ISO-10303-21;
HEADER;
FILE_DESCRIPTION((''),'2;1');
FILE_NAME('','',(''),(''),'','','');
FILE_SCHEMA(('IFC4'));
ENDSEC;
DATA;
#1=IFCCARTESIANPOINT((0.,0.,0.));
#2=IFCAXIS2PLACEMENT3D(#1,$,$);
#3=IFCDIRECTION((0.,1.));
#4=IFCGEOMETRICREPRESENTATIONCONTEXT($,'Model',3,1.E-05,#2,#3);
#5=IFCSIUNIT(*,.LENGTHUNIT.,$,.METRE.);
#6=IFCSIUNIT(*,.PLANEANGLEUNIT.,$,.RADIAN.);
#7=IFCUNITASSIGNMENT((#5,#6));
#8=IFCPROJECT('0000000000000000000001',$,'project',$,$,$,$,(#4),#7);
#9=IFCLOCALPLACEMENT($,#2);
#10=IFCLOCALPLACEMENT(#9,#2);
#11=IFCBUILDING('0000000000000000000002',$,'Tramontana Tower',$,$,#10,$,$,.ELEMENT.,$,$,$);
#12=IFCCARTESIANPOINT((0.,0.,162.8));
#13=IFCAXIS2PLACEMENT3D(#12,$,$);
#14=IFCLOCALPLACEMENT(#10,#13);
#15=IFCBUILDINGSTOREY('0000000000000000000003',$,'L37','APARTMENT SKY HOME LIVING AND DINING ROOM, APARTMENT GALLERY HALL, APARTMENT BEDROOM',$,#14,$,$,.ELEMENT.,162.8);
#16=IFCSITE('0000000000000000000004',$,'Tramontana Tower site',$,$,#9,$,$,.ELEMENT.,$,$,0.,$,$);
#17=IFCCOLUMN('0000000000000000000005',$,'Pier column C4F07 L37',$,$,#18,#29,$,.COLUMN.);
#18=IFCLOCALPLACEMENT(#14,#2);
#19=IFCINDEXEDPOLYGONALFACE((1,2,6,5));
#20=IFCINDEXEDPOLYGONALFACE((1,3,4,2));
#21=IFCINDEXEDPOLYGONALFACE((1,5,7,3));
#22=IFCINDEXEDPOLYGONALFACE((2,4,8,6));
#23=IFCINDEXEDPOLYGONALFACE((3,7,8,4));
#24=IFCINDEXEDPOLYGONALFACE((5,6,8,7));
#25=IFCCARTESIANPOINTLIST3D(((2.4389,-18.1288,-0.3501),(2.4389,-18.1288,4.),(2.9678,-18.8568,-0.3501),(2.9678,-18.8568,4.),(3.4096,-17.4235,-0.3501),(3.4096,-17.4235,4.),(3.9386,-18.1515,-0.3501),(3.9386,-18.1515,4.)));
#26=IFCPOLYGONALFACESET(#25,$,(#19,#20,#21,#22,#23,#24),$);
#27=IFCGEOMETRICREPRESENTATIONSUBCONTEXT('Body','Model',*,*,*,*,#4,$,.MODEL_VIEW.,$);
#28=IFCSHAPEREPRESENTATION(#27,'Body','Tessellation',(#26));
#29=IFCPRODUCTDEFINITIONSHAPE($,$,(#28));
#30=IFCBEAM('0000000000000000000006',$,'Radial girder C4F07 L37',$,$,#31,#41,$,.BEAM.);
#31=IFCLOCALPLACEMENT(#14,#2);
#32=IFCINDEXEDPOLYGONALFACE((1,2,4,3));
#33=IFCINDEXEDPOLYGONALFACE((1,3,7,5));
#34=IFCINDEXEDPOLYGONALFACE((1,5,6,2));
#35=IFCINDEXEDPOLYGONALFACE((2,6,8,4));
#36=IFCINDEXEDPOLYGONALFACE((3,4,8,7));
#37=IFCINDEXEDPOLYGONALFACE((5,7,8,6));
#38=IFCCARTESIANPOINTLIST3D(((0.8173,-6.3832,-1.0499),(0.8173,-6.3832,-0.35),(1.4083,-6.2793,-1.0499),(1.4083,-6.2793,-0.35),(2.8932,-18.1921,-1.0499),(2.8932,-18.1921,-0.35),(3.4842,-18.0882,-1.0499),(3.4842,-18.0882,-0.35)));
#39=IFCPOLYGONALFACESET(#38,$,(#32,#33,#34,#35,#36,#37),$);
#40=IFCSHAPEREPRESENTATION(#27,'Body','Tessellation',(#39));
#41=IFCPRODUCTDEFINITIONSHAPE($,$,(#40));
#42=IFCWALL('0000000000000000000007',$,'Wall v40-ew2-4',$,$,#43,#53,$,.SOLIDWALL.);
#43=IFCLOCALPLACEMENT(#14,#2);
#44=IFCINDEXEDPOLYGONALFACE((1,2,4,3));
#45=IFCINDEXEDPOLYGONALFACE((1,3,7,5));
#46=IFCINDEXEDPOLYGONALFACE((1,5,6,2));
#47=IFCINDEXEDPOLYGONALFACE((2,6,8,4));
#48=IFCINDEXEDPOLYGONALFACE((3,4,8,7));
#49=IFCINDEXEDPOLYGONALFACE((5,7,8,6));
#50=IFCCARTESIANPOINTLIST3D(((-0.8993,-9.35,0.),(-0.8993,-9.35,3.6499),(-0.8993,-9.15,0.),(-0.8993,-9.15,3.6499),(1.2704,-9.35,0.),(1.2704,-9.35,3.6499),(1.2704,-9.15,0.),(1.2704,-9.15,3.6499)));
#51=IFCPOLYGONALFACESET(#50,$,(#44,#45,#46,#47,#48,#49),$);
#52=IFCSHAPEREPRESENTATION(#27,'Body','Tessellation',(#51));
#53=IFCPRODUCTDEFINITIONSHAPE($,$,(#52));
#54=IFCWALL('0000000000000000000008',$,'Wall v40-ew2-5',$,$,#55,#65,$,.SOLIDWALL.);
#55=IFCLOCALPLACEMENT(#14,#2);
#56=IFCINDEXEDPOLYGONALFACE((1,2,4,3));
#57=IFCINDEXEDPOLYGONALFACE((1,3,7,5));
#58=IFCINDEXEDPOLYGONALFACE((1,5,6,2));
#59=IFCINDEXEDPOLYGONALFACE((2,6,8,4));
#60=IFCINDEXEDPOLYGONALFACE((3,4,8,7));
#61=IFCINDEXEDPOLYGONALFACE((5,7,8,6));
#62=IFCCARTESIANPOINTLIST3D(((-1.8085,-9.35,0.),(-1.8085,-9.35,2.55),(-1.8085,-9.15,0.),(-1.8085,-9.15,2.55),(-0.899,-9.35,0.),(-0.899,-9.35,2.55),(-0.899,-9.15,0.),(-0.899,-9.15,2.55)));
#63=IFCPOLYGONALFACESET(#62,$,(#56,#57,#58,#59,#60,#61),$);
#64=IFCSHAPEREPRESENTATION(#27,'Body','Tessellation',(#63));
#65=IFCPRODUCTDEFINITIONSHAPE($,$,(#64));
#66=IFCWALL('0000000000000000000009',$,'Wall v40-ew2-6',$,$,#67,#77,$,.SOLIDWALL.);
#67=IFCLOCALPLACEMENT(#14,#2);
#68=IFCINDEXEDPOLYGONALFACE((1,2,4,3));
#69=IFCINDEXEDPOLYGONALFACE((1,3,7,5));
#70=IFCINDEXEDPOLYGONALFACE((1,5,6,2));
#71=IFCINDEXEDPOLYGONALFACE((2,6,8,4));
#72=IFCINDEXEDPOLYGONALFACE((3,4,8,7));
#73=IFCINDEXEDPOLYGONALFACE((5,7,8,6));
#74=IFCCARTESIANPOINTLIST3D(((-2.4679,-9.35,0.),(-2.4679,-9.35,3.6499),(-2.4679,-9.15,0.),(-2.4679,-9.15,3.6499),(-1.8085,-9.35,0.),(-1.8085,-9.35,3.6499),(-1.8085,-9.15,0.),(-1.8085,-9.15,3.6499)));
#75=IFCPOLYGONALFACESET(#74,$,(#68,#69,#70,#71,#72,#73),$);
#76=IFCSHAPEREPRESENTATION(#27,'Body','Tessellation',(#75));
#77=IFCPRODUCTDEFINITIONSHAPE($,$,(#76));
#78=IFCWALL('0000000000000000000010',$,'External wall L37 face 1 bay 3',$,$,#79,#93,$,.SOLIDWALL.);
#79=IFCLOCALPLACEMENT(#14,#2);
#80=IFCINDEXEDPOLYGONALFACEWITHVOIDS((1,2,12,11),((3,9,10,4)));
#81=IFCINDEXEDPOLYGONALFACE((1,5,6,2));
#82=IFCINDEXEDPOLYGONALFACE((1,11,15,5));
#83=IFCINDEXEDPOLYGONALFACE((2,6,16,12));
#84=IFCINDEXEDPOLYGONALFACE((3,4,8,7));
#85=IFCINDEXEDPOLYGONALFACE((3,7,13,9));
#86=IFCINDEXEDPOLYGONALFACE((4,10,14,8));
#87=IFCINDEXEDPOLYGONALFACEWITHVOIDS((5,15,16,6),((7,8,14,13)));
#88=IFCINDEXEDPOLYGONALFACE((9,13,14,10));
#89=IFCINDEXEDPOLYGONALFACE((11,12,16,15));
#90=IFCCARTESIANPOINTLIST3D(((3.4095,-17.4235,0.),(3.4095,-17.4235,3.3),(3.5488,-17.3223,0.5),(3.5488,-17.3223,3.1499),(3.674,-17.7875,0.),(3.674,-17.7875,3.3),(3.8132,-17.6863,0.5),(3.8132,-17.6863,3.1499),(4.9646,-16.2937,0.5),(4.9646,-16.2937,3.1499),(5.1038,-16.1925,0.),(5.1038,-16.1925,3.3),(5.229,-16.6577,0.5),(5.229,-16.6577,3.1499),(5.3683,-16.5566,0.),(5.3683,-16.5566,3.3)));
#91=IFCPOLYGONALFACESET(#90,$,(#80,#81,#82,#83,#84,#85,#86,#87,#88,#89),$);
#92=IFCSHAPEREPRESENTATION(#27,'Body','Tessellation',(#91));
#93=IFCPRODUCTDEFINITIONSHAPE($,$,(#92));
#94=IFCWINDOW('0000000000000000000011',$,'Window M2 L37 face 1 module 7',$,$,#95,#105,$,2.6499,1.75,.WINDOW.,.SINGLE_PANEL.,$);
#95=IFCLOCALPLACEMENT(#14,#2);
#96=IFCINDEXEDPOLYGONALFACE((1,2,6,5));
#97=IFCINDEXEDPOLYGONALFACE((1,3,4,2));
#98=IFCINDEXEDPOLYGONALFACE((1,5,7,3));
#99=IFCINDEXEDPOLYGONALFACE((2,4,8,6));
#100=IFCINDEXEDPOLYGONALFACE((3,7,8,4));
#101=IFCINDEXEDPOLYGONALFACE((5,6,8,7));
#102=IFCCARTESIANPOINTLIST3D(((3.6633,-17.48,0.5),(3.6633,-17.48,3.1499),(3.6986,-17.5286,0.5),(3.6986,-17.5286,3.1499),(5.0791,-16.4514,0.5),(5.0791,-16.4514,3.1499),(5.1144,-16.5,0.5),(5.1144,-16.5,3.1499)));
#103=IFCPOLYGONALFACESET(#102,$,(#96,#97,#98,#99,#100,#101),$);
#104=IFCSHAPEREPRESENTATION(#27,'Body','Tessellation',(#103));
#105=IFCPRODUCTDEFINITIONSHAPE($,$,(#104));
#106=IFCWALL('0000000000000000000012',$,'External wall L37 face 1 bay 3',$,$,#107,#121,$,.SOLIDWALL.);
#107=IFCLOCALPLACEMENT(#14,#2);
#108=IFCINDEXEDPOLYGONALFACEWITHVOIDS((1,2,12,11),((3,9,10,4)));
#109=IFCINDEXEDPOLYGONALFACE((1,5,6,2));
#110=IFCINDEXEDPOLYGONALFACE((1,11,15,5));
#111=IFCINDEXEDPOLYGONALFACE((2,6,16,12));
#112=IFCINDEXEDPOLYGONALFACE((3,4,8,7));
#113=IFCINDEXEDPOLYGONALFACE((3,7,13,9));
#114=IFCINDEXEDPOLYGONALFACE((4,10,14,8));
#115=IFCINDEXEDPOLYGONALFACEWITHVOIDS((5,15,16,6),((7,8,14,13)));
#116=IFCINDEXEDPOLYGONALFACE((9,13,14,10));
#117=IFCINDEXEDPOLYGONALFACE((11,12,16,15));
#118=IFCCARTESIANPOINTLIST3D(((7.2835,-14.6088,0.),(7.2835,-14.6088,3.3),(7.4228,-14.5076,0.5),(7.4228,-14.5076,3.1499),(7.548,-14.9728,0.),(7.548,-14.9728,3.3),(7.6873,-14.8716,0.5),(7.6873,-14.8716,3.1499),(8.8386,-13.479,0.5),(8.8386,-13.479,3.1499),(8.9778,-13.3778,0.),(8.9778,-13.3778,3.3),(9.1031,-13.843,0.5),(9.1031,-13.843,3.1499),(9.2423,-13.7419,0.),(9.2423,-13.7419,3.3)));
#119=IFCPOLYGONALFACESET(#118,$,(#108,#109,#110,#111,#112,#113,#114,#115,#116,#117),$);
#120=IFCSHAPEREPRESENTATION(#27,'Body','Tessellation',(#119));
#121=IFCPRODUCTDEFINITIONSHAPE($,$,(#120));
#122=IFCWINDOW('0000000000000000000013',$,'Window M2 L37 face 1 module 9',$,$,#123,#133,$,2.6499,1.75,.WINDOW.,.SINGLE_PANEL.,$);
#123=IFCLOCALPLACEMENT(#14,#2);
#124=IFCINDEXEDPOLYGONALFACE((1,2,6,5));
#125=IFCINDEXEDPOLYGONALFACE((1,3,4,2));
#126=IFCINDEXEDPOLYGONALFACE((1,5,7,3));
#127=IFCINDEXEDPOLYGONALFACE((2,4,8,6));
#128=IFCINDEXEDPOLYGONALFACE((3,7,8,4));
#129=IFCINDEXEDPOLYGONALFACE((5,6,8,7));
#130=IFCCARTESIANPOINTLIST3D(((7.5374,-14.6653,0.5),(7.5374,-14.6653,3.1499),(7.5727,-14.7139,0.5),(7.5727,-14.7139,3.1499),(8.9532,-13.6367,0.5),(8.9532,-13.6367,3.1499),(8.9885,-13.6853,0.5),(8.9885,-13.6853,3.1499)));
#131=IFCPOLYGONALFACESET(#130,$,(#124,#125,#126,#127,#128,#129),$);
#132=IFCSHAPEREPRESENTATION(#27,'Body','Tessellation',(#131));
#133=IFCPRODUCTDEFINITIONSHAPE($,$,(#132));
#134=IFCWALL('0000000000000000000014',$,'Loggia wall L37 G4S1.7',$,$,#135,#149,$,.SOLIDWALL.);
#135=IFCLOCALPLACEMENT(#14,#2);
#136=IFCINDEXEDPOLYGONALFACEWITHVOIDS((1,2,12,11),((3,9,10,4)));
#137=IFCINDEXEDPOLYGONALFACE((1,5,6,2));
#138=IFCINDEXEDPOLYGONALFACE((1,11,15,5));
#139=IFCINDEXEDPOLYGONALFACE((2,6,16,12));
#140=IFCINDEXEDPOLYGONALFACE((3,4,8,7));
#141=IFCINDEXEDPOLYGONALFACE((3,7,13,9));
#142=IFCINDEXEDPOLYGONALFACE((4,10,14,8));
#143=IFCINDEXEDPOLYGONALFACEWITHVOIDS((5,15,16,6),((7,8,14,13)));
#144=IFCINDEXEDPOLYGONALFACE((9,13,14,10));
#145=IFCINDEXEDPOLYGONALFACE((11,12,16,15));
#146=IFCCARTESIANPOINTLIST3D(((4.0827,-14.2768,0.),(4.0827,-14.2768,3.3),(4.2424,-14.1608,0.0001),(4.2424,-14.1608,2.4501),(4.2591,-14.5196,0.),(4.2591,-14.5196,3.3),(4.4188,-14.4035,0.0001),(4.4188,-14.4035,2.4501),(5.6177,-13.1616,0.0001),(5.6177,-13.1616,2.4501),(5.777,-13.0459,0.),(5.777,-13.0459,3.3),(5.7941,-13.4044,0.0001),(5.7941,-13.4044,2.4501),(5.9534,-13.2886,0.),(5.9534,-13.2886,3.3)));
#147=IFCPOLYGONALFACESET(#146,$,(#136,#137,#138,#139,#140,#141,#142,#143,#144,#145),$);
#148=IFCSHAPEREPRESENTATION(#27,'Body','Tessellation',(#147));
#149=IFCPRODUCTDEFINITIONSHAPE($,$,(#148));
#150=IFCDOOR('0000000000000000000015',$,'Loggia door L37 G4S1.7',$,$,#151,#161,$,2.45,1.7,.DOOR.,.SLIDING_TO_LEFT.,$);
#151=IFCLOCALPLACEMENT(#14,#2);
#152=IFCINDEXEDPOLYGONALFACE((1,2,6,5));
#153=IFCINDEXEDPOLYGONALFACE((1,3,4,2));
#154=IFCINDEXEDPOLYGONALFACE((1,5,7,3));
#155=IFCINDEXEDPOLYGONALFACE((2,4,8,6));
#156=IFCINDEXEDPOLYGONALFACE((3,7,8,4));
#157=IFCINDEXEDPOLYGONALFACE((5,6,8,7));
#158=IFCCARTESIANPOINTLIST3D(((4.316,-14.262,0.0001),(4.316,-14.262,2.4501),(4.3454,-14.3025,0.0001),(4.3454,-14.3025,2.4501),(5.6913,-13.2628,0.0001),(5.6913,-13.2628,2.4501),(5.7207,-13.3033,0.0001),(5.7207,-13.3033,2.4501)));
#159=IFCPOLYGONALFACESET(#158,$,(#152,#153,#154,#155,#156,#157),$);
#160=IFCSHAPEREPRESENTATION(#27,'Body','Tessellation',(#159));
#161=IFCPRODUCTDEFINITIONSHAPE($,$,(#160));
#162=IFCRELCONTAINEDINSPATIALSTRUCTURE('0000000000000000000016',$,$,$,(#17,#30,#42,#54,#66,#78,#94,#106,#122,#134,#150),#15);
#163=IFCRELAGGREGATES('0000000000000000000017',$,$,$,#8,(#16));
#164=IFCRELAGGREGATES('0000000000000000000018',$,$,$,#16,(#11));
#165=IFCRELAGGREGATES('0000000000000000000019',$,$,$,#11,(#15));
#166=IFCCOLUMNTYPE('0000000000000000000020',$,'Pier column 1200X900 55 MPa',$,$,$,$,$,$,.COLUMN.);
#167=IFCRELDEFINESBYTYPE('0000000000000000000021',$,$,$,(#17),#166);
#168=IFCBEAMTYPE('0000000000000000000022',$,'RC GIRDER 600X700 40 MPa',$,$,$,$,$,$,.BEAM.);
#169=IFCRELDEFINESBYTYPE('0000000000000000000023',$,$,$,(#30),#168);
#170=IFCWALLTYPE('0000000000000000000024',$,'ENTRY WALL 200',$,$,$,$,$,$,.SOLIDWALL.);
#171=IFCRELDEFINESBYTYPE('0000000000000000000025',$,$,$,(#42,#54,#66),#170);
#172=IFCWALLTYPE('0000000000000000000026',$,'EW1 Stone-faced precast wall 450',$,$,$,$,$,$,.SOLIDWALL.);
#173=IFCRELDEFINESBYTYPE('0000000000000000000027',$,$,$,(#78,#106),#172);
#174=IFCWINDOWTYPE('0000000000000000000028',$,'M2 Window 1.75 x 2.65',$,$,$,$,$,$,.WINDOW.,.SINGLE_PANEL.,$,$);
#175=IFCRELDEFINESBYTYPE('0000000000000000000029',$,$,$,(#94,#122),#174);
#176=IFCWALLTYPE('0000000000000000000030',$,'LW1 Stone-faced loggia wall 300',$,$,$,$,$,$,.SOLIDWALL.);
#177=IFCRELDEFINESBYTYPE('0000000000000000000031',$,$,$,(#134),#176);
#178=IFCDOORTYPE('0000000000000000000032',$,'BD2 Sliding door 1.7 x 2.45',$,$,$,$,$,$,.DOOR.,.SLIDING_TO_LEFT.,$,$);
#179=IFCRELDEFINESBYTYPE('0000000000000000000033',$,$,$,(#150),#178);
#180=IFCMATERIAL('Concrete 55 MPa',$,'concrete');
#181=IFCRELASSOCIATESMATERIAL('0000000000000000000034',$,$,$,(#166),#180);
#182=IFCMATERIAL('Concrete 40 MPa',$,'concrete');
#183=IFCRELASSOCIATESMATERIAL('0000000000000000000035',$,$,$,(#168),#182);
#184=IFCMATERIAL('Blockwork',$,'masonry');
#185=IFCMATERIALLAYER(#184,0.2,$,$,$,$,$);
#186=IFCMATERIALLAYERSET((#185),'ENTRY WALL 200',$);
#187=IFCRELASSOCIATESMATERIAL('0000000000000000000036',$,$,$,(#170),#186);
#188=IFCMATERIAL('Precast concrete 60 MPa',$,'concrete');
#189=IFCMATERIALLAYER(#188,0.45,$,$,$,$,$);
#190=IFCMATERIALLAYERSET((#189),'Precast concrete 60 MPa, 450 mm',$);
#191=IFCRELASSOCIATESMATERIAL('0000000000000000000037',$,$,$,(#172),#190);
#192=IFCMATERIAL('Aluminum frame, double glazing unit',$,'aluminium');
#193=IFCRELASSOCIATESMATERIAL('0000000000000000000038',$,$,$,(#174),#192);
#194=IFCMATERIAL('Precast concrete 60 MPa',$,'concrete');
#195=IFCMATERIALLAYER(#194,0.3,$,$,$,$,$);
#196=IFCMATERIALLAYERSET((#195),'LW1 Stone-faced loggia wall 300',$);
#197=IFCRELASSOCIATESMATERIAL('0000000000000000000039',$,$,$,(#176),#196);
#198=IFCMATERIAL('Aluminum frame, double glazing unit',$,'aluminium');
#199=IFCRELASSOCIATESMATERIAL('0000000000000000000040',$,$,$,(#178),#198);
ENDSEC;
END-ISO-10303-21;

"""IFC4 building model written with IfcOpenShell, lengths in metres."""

from ifc_helpers import new_model, si_unit, direction, frame, frame_2d, origin, origin_2d, place, context, subcontext, project, spatial, rectangle, extrude, material, layer, layer_set, material_profile, profile_set, type_object, element, fill, save


model = new_model("IFC4")

# Units and contexts
model_context = context("Model", 3, precision=1e-05, world=origin(), true_north=direction((0.0, 1.0)))
body_context = subcontext(model_context, "Body", "Model", "MODEL_VIEW")
ifc_project = project(units=[si_unit("LENGTHUNIT", "METRE"), si_unit("PLANEANGLEUNIT", "RADIAN")], contexts=[model_context])

# Site, building, storey
site_placement = place(None, origin())
site = spatial("IfcSite", under=ifc_project, at=site_placement, Name="Tramontana Tower site", CompositionType="ELEMENT", RefElevation=0.0)
building_placement = place(site_placement, origin())
building = spatial("IfcBuilding", under=site, at=building_placement, Name="Tramontana Tower", CompositionType="ELEMENT")
storey_placement = place(building_placement, frame((0.0, 0.0, 162.8)))
storey = spatial("IfcBuildingStorey", under=building, at=storey_placement, Name="L37", Description="APARTMENT SKY HOME LIVING AND DINING ROOM, APARTMENT GALLERY HALL, APARTMENT BEDROOM", CompositionType="ELEMENT", Elevation=162.8)

# Column
ifc_material_1 = material(Name="Concrete 55 MPa", Category="concrete")
ifc_material_profile_1 = material_profile(ifc_material_1, rectangle(XDim=1.2, YDim=0.8999, at=origin_2d()), Name="Pier column 1200X900 55 MPa")
ifc_profile_set_1 = profile_set([ifc_material_profile_1], Name="Concrete 55 MPa")
column_type = type_object("IfcColumnType", Name="Pier column 1200X900 55 MPa", PredefinedType="COLUMN", material=ifc_profile_set_1)
column_placement = place(storey_placement, frame((3.1887, -18.1401, -0.3501), z_axis=(0.0, 0.0, 1.0), x_axis=(0.809017, 0.587785, 0.0)))
element("IfcColumn", 1, at=column_placement, inside=storey, type_object=column_type, Name="Pier column C4F07 L37", PredefinedType="COLUMN", context=body_context, shape_type="SweptSolid", body=[
    extrude(rectangle(XDim=1.2, YDim=0.8999, at=origin_2d()), origin(), (0.0, 0.0, 1.0), 4.3501),
])

# Beam
ifc_material_2 = material(Name="Concrete 40 MPa", Category="concrete")
ifc_material_profile_2 = material_profile(ifc_material_2, rectangle(XDim=0.6001, YDim=0.7, at=origin_2d()), Name="RC GIRDER 600X700 40 MPa")
ifc_profile_set_2 = profile_set([ifc_material_profile_2], Name="Concrete 40 MPa")
beam_type = type_object("IfcBeamType", Name="RC GIRDER 600X700 40 MPa", PredefinedType="BEAM", material=ifc_profile_set_2)
beam_placement = place(storey_placement, frame((3.1887, -18.1401, -0.7), z_axis=(-0.173139, 0.984897, 0.0), x_axis=(-0.984897, -0.173139, 0.0)))
element("IfcBeam", 2, at=beam_placement, inside=storey, type_object=beam_type, Name="Radial girder C4F07 L37", PredefinedType="BEAM", context=body_context, shape_type="SweptSolid", body=[
    extrude(rectangle(XDim=0.6001, YDim=0.7, at=origin_2d()), origin(), (0.0, 0.0, 1.0), 11.99),
])

# Walls
ifc_material_3 = material(Name="Blockwork", Category="masonry")
ifc_layer_1 = layer(ifc_material_3, 0.2)
ifc_layer_set_1 = layer_set([ifc_layer_1], Name="ENTRY WALL 200")
wall_type_1 = type_object("IfcWallType", Name="ENTRY WALL 200", PredefinedType="SOLIDWALL", material=ifc_layer_set_1)
wall_1_placement = place(storey_placement, frame((1.2705, -9.25, 0.0), z_axis=(0.0, 0.0, 1.0), x_axis=(-1.0, 0.0, 0.0)))
element("IfcWall", 3, at=wall_1_placement, inside=storey, type_object=wall_type_1, Name="Wall v40-ew2-4", PredefinedType="SOLIDWALL", context=body_context, shape_type="SweptSolid", body=[
    extrude(rectangle(XDim=2.1697, YDim=0.2, at=frame_2d((1.085, 0.0))), origin(), (0.0, 0.0, 1.0), 3.6499),
])
wall_2_placement = place(storey_placement, frame((-0.8992, -9.25, 0.0), z_axis=(0.0, 0.0, 1.0), x_axis=(-1.0, 0.0, 0.0)))
element("IfcWall", 4, at=wall_2_placement, inside=storey, type_object=wall_type_1, Name="Wall v40-ew2-5", PredefinedType="SOLIDWALL", context=body_context, shape_type="SweptSolid", body=[
    extrude(rectangle(XDim=0.9094, YDim=0.2, at=frame_2d((0.4546, 0.0))), origin(), (0.0, 0.0, 1.0), 2.55),
])
wall_3_placement = place(storey_placement, frame((-1.8086, -9.25, 0.0), z_axis=(0.0, 0.0, 1.0), x_axis=(-1.0, 0.0, 0.0)))
element("IfcWall", 5, at=wall_3_placement, inside=storey, type_object=wall_type_1, Name="Wall v40-ew2-6", PredefinedType="SOLIDWALL", context=body_context, shape_type="SweptSolid", body=[
    extrude(rectangle(XDim=0.6594, YDim=0.2, at=frame_2d((0.3296, 0.0))), origin(), (0.0, 0.0, 1.0), 3.6499),
])

# Walls, openings, windows
ifc_material_4 = material(Name="Precast concrete 60 MPa", Category="concrete")
ifc_layer_2 = layer(ifc_material_4, 0.45)
ifc_layer_set_2 = layer_set([ifc_layer_2], Name="Precast concrete 60 MPa, 450 mm")
wall_type_2 = type_object("IfcWallType", Name="EW1 Stone-faced precast wall 450", PredefinedType="SOLIDWALL", material=ifc_layer_set_2)
wall_4_placement = place(storey_placement, frame((3.5417, -17.6055, 0.0), z_axis=(0.0, 0.0, 1.0), x_axis=(0.809028, 0.58777, 0.0)))
wall_4 = element("IfcWall", 6, at=wall_4_placement, inside=storey, type_object=wall_type_2, Name="External wall L37 face 1 bay 3", PredefinedType="SOLIDWALL", context=body_context, shape_type="SweptSolid", body=[
    extrude(rectangle(XDim=2.0942, YDim=0.45, at=frame_2d((1.0471, 0.0))), origin(), (0.0, 0.0, 1.0), 3.3),
])
opening_1_placement = place(wall_4_placement, frame((0.1721, 0.0, 0.5)))
opening_1 = element("IfcOpeningElement", 7, at=opening_1_placement, cuts=wall_4, PredefinedType="OPENING", context=body_context, shape_type="SweptSolid", body=[
    extrude(rectangle(XDim=1.75, YDim=2.6499, at=frame_2d((0.875, 1.325))), frame((0.0, 0.2349, 0.0), z_axis=(0.0, -1.0, 0.0), x_axis=(1.0, 0.0, 0.0)), (0.0, 0.0, 1.0), 0.47),
])
ifc_material_5 = material(Name="Aluminum frame, double glazing unit", Category="aluminium")
window_type = type_object("IfcWindowType", Name="M2 Window 1.75 x 2.65", PartitioningType="SINGLE_PANEL", PredefinedType="WINDOW", material=ifc_material_5)
window_1_placement = place(opening_1_placement, origin())
window_1 = element("IfcWindow", 8, at=window_1_placement, inside=storey, type_object=window_type, Name="Window M2 L37 face 1 module 7", OverallHeight=2.6499, OverallWidth=1.75, PartitioningType="SINGLE_PANEL", PredefinedType="WINDOW", context=body_context, shape_type="SweptSolid", body=[
    extrude(rectangle(XDim=1.75, YDim=2.6499, at=frame_2d((0.875, 1.325))), frame((0.0, 0.03, 0.0), z_axis=(0.0, -1.0, 0.0), x_axis=(1.0, 0.0, 0.0)), (0.0, 0.0, 1.0), 0.0601),
])
fill(opening_1, window_1)
wall_5_placement = place(storey_placement, frame((7.4158, -14.7908, 0.0), z_axis=(0.0, 0.0, 1.0), x_axis=(0.809028, 0.58777, 0.0)))
wall_5 = element("IfcWall", 9, at=wall_5_placement, inside=storey, type_object=wall_type_2, Name="External wall L37 face 1 bay 3", PredefinedType="SOLIDWALL", context=body_context, shape_type="SweptSolid", body=[
    extrude(rectangle(XDim=2.0942, YDim=0.45, at=frame_2d((1.0471, 0.0))), origin(), (0.0, 0.0, 1.0), 3.3),
])
opening_2_placement = place(wall_5_placement, frame((0.1721, 0.0, 0.5)))
opening_2 = element("IfcOpeningElement", 10, at=opening_2_placement, cuts=wall_5, PredefinedType="OPENING", context=body_context, shape_type="SweptSolid", body=[
    extrude(rectangle(XDim=1.75, YDim=2.6499, at=frame_2d((0.875, 1.325))), frame((0.0, 0.2349, 0.0), z_axis=(0.0, -1.0, 0.0), x_axis=(1.0, 0.0, 0.0)), (0.0, 0.0, 1.0), 0.47),
])
window_2_placement = place(opening_2_placement, origin())
window_2 = element("IfcWindow", 11, at=window_2_placement, inside=storey, type_object=window_type, Name="Window M2 L37 face 1 module 9", OverallHeight=2.6499, OverallWidth=1.75, PartitioningType="SINGLE_PANEL", PredefinedType="WINDOW", context=body_context, shape_type="SweptSolid", body=[
    extrude(rectangle(XDim=1.75, YDim=2.6499, at=frame_2d((0.875, 1.325))), frame((0.0, 0.03, 0.0), z_axis=(0.0, -1.0, 0.0), x_axis=(1.0, 0.0, 0.0)), (0.0, 0.0, 1.0), 0.0601),
])
fill(opening_2, window_2)

# Wall, opening, door
ifc_material_6 = material(Name="Precast concrete 60 MPa", Category="concrete")
ifc_layer_3 = layer(ifc_material_6, 0.3)
ifc_layer_set_3 = layer_set([ifc_layer_3], Name="LW1 Stone-faced loggia wall 300")
wall_type_3 = type_object("IfcWallType", Name="LW1 Stone-faced loggia wall 300", PredefinedType="SOLIDWALL", material=ifc_layer_set_3)
wall_6_placement = place(storey_placement, frame((4.1709, -14.3982, 0.0), z_axis=(0.0, 0.0, 1.0), x_axis=(0.809028, 0.58777, 0.0)))
wall_6 = element("IfcWall", 12, at=wall_6_placement, inside=storey, type_object=wall_type_3, Name="Loggia wall L37 G4S1.7", PredefinedType="SOLIDWALL", context=body_context, shape_type="SweptSolid", body=[
    extrude(rectangle(XDim=2.0942, YDim=0.3, at=frame_2d((1.0471, 0.0))), origin(), (0.0, 0.0, 1.0), 3.3),
])
opening_3_placement = place(wall_6_placement, frame((0.1973, 0.0, 0.0)))
opening_3 = element("IfcOpeningElement", 13, at=opening_3_placement, cuts=wall_6, PredefinedType="OPENING", context=body_context, shape_type="SweptSolid", body=[
    extrude(rectangle(XDim=1.7, YDim=2.45, at=frame_2d((0.8501, 1.2251))), frame((0.0, 0.1599, 0.0), z_axis=(0.0, -1.0, 0.0), x_axis=(1.0, 0.0, 0.0)), (0.0, 0.0, 1.0), 0.3201),
])
ifc_material_7 = material(Name="Aluminum frame, double glazing unit", Category="aluminium")
door_type_1 = type_object("IfcDoorType", Name="BD2 Sliding door 1.7 x 2.45", OperationType="SLIDING_TO_LEFT", PredefinedType="DOOR", material=ifc_material_7)
door_1_placement = place(opening_3_placement, origin())
door_1 = element("IfcDoor", 14, at=door_1_placement, inside=storey, type_object=door_type_1, Name="Loggia door L37 G4S1.7", OperationType="SLIDING_TO_LEFT", OverallHeight=2.45, OverallWidth=1.7, PredefinedType="DOOR", context=body_context, shape_type="SweptSolid", body=[
    extrude(rectangle(XDim=1.7, YDim=2.45, at=frame_2d((0.8501, 1.2251))), frame((0.0, 0.0249, 0.0), z_axis=(0.0, -1.0, 0.0), x_axis=(1.0, 0.0, 0.0)), (0.0, 0.0, 1.0), 0.05),
])
fill(opening_3, door_1)

save(model, "model.ifc")
